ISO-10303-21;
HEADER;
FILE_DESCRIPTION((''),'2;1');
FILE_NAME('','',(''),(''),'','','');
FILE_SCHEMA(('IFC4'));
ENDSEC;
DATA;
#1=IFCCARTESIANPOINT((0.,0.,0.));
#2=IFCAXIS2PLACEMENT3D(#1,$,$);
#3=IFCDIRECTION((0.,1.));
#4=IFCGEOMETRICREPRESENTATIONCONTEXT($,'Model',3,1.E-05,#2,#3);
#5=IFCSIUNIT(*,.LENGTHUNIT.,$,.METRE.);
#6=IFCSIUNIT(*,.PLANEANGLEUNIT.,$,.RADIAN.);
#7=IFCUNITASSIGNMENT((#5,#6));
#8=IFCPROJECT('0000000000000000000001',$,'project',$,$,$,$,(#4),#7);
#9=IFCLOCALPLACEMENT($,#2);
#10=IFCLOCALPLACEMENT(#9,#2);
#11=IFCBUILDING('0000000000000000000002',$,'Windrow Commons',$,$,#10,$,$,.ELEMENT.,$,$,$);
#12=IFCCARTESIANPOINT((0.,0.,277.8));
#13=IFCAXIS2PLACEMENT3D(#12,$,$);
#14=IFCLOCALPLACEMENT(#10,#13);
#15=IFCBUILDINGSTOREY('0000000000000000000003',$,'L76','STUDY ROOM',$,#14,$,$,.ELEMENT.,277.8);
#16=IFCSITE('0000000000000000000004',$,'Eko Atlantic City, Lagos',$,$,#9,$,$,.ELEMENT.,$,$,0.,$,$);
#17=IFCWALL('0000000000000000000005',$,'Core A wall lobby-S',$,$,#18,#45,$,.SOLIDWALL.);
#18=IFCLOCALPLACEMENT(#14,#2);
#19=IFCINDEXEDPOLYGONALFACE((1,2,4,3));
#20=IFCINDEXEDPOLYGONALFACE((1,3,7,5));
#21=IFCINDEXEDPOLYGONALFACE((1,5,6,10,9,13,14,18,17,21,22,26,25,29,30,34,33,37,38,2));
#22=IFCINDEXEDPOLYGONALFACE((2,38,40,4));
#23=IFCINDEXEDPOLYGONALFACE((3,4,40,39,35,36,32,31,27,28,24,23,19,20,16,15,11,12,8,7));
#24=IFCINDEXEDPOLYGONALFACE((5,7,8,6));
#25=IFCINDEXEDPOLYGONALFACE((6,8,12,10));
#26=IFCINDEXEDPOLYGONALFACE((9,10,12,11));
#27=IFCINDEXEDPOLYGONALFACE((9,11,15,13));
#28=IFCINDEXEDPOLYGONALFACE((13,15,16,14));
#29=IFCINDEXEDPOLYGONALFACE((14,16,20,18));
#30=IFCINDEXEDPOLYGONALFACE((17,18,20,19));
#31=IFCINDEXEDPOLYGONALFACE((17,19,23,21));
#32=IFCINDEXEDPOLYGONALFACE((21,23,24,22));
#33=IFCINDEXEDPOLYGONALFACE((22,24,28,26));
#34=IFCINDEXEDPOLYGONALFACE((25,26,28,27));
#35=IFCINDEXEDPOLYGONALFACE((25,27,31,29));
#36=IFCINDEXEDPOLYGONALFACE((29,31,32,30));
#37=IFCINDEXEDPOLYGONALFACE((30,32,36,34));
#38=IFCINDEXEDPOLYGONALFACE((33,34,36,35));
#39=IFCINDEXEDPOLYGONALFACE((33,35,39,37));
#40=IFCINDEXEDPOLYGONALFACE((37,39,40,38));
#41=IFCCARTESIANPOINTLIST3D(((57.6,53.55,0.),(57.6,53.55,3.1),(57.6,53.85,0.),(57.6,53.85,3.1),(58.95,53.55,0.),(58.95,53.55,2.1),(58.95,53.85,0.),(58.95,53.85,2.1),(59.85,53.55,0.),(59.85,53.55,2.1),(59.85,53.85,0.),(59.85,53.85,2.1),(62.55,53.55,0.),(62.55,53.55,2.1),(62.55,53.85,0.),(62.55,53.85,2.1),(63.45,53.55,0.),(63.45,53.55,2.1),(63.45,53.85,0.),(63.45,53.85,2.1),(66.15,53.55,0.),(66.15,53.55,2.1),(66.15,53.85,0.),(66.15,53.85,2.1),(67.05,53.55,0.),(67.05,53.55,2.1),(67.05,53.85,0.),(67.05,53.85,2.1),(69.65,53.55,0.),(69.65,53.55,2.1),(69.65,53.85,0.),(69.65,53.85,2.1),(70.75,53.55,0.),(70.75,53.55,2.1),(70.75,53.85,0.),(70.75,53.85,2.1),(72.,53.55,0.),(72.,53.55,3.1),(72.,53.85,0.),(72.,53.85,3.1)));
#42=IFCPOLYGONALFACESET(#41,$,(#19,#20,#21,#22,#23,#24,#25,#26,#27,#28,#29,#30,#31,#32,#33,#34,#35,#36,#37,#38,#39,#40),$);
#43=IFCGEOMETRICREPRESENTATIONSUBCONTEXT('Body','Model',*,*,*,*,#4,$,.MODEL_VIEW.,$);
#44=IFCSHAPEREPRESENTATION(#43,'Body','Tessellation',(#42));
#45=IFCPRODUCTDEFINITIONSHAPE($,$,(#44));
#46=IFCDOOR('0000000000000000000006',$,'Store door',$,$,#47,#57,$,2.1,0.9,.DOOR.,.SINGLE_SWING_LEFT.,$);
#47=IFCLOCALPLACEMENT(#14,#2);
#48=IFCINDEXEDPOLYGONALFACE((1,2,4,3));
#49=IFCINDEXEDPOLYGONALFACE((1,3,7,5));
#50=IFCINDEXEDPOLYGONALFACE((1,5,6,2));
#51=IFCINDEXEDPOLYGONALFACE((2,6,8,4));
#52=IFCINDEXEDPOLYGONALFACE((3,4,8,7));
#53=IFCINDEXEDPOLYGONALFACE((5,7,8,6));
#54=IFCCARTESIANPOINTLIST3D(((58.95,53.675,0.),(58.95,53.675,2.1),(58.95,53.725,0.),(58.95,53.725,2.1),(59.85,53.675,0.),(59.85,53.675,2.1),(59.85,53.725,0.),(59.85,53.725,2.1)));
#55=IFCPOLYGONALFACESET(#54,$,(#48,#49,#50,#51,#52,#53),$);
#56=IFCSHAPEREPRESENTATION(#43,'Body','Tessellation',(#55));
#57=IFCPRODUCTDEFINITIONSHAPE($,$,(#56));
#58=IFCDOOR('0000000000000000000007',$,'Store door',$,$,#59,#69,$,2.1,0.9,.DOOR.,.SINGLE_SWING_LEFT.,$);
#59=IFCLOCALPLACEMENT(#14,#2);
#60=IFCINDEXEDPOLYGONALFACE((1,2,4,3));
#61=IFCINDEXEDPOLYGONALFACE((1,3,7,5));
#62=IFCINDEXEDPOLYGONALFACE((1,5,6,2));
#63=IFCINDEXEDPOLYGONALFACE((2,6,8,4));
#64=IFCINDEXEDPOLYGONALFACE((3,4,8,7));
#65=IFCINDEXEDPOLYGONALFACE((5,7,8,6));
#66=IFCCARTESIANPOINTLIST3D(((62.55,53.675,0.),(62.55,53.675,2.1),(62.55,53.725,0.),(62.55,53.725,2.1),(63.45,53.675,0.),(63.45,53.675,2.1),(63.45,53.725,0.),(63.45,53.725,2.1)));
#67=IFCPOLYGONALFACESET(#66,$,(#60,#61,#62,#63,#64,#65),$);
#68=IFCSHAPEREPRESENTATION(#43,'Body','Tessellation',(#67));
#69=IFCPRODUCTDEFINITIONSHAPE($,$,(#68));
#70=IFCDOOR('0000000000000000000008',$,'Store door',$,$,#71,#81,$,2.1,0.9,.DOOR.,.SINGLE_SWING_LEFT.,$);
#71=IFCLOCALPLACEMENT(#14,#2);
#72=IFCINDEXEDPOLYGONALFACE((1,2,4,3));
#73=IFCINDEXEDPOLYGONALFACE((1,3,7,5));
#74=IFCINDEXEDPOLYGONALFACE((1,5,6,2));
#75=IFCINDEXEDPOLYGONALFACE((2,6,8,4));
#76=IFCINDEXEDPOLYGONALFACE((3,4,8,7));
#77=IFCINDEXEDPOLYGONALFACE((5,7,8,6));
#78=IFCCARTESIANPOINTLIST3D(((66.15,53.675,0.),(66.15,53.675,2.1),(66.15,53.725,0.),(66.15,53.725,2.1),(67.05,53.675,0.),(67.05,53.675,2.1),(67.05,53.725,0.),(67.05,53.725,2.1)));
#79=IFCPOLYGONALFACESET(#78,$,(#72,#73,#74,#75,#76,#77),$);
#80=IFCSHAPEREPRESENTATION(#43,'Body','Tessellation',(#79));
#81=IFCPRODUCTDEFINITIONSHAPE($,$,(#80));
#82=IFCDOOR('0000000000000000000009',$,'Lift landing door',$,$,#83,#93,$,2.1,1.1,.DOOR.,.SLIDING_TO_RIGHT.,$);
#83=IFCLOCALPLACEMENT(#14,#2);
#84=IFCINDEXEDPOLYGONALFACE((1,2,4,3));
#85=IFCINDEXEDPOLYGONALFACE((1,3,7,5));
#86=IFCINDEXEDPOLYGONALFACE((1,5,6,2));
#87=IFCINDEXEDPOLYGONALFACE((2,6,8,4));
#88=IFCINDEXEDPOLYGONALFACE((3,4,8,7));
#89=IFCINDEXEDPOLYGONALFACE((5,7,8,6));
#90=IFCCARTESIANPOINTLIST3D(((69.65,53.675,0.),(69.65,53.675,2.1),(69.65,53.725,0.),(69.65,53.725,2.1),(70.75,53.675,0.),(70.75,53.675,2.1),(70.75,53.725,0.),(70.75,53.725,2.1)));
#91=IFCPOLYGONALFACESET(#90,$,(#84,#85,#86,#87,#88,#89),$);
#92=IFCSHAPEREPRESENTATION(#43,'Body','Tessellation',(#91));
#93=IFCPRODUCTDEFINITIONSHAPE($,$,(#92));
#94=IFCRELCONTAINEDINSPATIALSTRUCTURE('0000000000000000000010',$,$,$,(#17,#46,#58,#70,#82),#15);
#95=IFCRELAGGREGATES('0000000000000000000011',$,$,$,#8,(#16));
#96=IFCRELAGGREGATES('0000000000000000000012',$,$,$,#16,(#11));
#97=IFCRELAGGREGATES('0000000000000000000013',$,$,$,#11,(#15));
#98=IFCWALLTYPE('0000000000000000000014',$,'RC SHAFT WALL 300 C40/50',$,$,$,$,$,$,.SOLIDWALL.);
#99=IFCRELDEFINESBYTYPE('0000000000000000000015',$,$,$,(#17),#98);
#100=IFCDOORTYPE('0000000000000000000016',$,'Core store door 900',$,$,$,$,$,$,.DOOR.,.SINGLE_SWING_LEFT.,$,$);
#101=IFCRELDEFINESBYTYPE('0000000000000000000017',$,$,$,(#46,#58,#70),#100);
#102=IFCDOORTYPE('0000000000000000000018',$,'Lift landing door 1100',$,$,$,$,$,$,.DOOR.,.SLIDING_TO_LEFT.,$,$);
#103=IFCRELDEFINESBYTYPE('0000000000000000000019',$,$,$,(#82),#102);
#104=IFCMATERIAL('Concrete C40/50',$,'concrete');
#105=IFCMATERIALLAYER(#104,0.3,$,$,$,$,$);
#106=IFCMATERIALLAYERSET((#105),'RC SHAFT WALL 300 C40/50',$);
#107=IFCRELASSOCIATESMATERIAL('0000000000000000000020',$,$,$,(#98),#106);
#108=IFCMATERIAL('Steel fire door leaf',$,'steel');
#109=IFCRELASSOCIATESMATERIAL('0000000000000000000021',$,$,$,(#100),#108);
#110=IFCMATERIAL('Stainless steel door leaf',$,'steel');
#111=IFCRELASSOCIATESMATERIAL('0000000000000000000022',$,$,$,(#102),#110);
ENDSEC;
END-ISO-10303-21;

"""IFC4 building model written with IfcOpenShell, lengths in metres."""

from ifc_helpers import new_model, si_unit, direction, frame, frame_2d, origin, place, context, subcontext, project, spatial, rectangle, extrude, material, layer, layer_set, type_object, element, fill, save


model = new_model("IFC4")

# Units and contexts
model_context = context("Model", 3, precision=1e-05, world=origin(), true_north=direction((0.0, 1.0)))
body_context = subcontext(model_context, "Body", "Model", "MODEL_VIEW")
ifc_project = project(units=[si_unit("LENGTHUNIT", "METRE"), si_unit("PLANEANGLEUNIT", "RADIAN")], contexts=[model_context])

# Site, building, storey
site_placement = place(None, origin())
site = spatial("IfcSite", under=ifc_project, at=site_placement, Name="Eko Atlantic City, Lagos", CompositionType="ELEMENT", RefElevation=0.0)
building_placement = place(site_placement, origin())
building = spatial("IfcBuilding", under=site, at=building_placement, Name="Windrow Commons", CompositionType="ELEMENT")
storey_placement = place(building_placement, frame((0.0, 0.0, 277.8)))
storey = spatial("IfcBuildingStorey", under=building, at=storey_placement, Name="L76", Description="STUDY ROOM", CompositionType="ELEMENT", Elevation=277.8)

# Wall, openings, doors
ifc_material_1 = material(Name="Concrete C40/50", Category="concrete")
ifc_layer_1 = layer(ifc_material_1, 0.3)
ifc_layer_set_1 = layer_set([ifc_layer_1], Name="RC SHAFT WALL 300 C40/50")
wall_type_1 = type_object("IfcWallType", Name="RC SHAFT WALL 300 C40/50", PredefinedType="SOLIDWALL", material=ifc_layer_set_1)
wall_1_placement = place(storey_placement, frame((57.6, 53.7, 0.0), z_axis=(0.0, 0.0, 1.0), x_axis=(1.0, 0.0, 0.0)))
wall_1 = element("IfcWall", 1, at=wall_1_placement, inside=storey, type_object=wall_type_1, Name="Core A wall lobby-S", PredefinedType="SOLIDWALL", context=body_context, shape_type="SweptSolid", body=[
    extrude(rectangle(XDim=14.4, YDim=0.3, at=frame_2d((7.2, 0.0))), origin(), (0.0, 0.0, 1.0), 3.1),
])
opening_1_placement = place(wall_1_placement, frame((1.35, 0.0, 0.0)))
opening_1 = element("IfcOpeningElement", 2, at=opening_1_placement, cuts=wall_1, PredefinedType="OPENING", context=body_context, shape_type="SweptSolid", body=[
    extrude(rectangle(XDim=0.9, YDim=2.1, at=frame_2d((0.45, 1.05))), frame((0.0, 0.16, 0.0), z_axis=(0.0, -1.0, 0.0), x_axis=(1.0, 0.0, 0.0)), (0.0, 0.0, 1.0), 0.32),
])
opening_2_placement = place(wall_1_placement, frame((4.95, 0.0, 0.0)))
opening_2 = element("IfcOpeningElement", 3, at=opening_2_placement, cuts=wall_1, PredefinedType="OPENING", context=body_context, shape_type="SweptSolid", body=[
    extrude(rectangle(XDim=0.9, YDim=2.1, at=frame_2d((0.45, 1.05))), frame((0.0, 0.16, 0.0), z_axis=(0.0, -1.0, 0.0), x_axis=(1.0, 0.0, 0.0)), (0.0, 0.0, 1.0), 0.32),
])
opening_3_placement = place(wall_1_placement, frame((8.55, 0.0, 0.0)))
opening_3 = element("IfcOpeningElement", 4, at=opening_3_placement, cuts=wall_1, PredefinedType="OPENING", context=body_context, shape_type="SweptSolid", body=[
    extrude(rectangle(XDim=0.9, YDim=2.1, at=frame_2d((0.45, 1.05))), frame((0.0, 0.16, 0.0), z_axis=(0.0, -1.0, 0.0), x_axis=(1.0, 0.0, 0.0)), (0.0, 0.0, 1.0), 0.32),
])
opening_4_placement = place(wall_1_placement, frame((12.05, 0.0, 0.0)))
opening_4 = element("IfcOpeningElement", 5, at=opening_4_placement, cuts=wall_1, PredefinedType="OPENING", context=body_context, shape_type="SweptSolid", body=[
    extrude(rectangle(XDim=1.1, YDim=2.1, at=frame_2d((0.55, 1.05))), frame((0.0, 0.16, 0.0), z_axis=(0.0, -1.0, 0.0), x_axis=(1.0, 0.0, 0.0)), (0.0, 0.0, 1.0), 0.32),
])
ifc_material_2 = material(Name="Steel fire door leaf", Category="steel")
door_type_1 = type_object("IfcDoorType", Name="Core store door 900", OperationType="SINGLE_SWING_LEFT", PredefinedType="DOOR", material=ifc_material_2)
door_1_placement = place(opening_1_placement, origin())
door_1 = element("IfcDoor", 6, at=door_1_placement, inside=storey, type_object=door_type_1, Name="Store door", OperationType="SINGLE_SWING_LEFT", OverallHeight=2.1, OverallWidth=0.9, PredefinedType="DOOR", context=body_context, shape_type="SweptSolid", body=[
    extrude(rectangle(XDim=0.9, YDim=2.1, at=frame_2d((0.45, 1.05))), frame((0.0, 0.025, 0.0), z_axis=(0.0, -1.0, 0.0), x_axis=(1.0, 0.0, 0.0)), (0.0, 0.0, 1.0), 0.05),
])
fill(opening_1, door_1)
door_2_placement = place(opening_2_placement, origin())
door_2 = element("IfcDoor", 7, at=door_2_placement, inside=storey, type_object=door_type_1, Name="Store door", OperationType="SINGLE_SWING_LEFT", OverallHeight=2.1, OverallWidth=0.9, PredefinedType="DOOR", context=body_context, shape_type="SweptSolid", body=[
    extrude(rectangle(XDim=0.9, YDim=2.1, at=frame_2d((0.45, 1.05))), frame((0.0, 0.025, 0.0), z_axis=(0.0, -1.0, 0.0), x_axis=(1.0, 0.0, 0.0)), (0.0, 0.0, 1.0), 0.05),
])
fill(opening_2, door_2)
door_3_placement = place(opening_3_placement, origin())
door_3 = element("IfcDoor", 8, at=door_3_placement, inside=storey, type_object=door_type_1, Name="Store door", OperationType="SINGLE_SWING_LEFT", OverallHeight=2.1, OverallWidth=0.9, PredefinedType="DOOR", context=body_context, shape_type="SweptSolid", body=[
    extrude(rectangle(XDim=0.9, YDim=2.1, at=frame_2d((0.45, 1.05))), frame((0.0, 0.025, 0.0), z_axis=(0.0, -1.0, 0.0), x_axis=(1.0, 0.0, 0.0)), (0.0, 0.0, 1.0), 0.05),
])
fill(opening_3, door_3)
ifc_material_3 = material(Name="Stainless steel door leaf", Category="steel")
door_type_2 = type_object("IfcDoorType", Name="Lift landing door 1100", OperationType="SLIDING_TO_LEFT", PredefinedType="DOOR", material=ifc_material_3)
door_4_placement = place(opening_4_placement, origin())
door_4 = element("IfcDoor", 9, at=door_4_placement, inside=storey, type_object=door_type_2, Name="Lift landing door", OperationType="SLIDING_TO_RIGHT", OverallHeight=2.1, OverallWidth=1.1, PredefinedType="DOOR", context=body_context, shape_type="SweptSolid", body=[
    extrude(rectangle(XDim=1.1, YDim=2.1, at=frame_2d((0.55, 1.05))), frame((0.0, 0.025, 0.0), z_axis=(0.0, -1.0, 0.0), x_axis=(1.0, 0.0, 0.0)), (0.0, 0.0, 1.0), 0.05),
])
fill(opening_4, door_4)

save(model, "model.ifc")
